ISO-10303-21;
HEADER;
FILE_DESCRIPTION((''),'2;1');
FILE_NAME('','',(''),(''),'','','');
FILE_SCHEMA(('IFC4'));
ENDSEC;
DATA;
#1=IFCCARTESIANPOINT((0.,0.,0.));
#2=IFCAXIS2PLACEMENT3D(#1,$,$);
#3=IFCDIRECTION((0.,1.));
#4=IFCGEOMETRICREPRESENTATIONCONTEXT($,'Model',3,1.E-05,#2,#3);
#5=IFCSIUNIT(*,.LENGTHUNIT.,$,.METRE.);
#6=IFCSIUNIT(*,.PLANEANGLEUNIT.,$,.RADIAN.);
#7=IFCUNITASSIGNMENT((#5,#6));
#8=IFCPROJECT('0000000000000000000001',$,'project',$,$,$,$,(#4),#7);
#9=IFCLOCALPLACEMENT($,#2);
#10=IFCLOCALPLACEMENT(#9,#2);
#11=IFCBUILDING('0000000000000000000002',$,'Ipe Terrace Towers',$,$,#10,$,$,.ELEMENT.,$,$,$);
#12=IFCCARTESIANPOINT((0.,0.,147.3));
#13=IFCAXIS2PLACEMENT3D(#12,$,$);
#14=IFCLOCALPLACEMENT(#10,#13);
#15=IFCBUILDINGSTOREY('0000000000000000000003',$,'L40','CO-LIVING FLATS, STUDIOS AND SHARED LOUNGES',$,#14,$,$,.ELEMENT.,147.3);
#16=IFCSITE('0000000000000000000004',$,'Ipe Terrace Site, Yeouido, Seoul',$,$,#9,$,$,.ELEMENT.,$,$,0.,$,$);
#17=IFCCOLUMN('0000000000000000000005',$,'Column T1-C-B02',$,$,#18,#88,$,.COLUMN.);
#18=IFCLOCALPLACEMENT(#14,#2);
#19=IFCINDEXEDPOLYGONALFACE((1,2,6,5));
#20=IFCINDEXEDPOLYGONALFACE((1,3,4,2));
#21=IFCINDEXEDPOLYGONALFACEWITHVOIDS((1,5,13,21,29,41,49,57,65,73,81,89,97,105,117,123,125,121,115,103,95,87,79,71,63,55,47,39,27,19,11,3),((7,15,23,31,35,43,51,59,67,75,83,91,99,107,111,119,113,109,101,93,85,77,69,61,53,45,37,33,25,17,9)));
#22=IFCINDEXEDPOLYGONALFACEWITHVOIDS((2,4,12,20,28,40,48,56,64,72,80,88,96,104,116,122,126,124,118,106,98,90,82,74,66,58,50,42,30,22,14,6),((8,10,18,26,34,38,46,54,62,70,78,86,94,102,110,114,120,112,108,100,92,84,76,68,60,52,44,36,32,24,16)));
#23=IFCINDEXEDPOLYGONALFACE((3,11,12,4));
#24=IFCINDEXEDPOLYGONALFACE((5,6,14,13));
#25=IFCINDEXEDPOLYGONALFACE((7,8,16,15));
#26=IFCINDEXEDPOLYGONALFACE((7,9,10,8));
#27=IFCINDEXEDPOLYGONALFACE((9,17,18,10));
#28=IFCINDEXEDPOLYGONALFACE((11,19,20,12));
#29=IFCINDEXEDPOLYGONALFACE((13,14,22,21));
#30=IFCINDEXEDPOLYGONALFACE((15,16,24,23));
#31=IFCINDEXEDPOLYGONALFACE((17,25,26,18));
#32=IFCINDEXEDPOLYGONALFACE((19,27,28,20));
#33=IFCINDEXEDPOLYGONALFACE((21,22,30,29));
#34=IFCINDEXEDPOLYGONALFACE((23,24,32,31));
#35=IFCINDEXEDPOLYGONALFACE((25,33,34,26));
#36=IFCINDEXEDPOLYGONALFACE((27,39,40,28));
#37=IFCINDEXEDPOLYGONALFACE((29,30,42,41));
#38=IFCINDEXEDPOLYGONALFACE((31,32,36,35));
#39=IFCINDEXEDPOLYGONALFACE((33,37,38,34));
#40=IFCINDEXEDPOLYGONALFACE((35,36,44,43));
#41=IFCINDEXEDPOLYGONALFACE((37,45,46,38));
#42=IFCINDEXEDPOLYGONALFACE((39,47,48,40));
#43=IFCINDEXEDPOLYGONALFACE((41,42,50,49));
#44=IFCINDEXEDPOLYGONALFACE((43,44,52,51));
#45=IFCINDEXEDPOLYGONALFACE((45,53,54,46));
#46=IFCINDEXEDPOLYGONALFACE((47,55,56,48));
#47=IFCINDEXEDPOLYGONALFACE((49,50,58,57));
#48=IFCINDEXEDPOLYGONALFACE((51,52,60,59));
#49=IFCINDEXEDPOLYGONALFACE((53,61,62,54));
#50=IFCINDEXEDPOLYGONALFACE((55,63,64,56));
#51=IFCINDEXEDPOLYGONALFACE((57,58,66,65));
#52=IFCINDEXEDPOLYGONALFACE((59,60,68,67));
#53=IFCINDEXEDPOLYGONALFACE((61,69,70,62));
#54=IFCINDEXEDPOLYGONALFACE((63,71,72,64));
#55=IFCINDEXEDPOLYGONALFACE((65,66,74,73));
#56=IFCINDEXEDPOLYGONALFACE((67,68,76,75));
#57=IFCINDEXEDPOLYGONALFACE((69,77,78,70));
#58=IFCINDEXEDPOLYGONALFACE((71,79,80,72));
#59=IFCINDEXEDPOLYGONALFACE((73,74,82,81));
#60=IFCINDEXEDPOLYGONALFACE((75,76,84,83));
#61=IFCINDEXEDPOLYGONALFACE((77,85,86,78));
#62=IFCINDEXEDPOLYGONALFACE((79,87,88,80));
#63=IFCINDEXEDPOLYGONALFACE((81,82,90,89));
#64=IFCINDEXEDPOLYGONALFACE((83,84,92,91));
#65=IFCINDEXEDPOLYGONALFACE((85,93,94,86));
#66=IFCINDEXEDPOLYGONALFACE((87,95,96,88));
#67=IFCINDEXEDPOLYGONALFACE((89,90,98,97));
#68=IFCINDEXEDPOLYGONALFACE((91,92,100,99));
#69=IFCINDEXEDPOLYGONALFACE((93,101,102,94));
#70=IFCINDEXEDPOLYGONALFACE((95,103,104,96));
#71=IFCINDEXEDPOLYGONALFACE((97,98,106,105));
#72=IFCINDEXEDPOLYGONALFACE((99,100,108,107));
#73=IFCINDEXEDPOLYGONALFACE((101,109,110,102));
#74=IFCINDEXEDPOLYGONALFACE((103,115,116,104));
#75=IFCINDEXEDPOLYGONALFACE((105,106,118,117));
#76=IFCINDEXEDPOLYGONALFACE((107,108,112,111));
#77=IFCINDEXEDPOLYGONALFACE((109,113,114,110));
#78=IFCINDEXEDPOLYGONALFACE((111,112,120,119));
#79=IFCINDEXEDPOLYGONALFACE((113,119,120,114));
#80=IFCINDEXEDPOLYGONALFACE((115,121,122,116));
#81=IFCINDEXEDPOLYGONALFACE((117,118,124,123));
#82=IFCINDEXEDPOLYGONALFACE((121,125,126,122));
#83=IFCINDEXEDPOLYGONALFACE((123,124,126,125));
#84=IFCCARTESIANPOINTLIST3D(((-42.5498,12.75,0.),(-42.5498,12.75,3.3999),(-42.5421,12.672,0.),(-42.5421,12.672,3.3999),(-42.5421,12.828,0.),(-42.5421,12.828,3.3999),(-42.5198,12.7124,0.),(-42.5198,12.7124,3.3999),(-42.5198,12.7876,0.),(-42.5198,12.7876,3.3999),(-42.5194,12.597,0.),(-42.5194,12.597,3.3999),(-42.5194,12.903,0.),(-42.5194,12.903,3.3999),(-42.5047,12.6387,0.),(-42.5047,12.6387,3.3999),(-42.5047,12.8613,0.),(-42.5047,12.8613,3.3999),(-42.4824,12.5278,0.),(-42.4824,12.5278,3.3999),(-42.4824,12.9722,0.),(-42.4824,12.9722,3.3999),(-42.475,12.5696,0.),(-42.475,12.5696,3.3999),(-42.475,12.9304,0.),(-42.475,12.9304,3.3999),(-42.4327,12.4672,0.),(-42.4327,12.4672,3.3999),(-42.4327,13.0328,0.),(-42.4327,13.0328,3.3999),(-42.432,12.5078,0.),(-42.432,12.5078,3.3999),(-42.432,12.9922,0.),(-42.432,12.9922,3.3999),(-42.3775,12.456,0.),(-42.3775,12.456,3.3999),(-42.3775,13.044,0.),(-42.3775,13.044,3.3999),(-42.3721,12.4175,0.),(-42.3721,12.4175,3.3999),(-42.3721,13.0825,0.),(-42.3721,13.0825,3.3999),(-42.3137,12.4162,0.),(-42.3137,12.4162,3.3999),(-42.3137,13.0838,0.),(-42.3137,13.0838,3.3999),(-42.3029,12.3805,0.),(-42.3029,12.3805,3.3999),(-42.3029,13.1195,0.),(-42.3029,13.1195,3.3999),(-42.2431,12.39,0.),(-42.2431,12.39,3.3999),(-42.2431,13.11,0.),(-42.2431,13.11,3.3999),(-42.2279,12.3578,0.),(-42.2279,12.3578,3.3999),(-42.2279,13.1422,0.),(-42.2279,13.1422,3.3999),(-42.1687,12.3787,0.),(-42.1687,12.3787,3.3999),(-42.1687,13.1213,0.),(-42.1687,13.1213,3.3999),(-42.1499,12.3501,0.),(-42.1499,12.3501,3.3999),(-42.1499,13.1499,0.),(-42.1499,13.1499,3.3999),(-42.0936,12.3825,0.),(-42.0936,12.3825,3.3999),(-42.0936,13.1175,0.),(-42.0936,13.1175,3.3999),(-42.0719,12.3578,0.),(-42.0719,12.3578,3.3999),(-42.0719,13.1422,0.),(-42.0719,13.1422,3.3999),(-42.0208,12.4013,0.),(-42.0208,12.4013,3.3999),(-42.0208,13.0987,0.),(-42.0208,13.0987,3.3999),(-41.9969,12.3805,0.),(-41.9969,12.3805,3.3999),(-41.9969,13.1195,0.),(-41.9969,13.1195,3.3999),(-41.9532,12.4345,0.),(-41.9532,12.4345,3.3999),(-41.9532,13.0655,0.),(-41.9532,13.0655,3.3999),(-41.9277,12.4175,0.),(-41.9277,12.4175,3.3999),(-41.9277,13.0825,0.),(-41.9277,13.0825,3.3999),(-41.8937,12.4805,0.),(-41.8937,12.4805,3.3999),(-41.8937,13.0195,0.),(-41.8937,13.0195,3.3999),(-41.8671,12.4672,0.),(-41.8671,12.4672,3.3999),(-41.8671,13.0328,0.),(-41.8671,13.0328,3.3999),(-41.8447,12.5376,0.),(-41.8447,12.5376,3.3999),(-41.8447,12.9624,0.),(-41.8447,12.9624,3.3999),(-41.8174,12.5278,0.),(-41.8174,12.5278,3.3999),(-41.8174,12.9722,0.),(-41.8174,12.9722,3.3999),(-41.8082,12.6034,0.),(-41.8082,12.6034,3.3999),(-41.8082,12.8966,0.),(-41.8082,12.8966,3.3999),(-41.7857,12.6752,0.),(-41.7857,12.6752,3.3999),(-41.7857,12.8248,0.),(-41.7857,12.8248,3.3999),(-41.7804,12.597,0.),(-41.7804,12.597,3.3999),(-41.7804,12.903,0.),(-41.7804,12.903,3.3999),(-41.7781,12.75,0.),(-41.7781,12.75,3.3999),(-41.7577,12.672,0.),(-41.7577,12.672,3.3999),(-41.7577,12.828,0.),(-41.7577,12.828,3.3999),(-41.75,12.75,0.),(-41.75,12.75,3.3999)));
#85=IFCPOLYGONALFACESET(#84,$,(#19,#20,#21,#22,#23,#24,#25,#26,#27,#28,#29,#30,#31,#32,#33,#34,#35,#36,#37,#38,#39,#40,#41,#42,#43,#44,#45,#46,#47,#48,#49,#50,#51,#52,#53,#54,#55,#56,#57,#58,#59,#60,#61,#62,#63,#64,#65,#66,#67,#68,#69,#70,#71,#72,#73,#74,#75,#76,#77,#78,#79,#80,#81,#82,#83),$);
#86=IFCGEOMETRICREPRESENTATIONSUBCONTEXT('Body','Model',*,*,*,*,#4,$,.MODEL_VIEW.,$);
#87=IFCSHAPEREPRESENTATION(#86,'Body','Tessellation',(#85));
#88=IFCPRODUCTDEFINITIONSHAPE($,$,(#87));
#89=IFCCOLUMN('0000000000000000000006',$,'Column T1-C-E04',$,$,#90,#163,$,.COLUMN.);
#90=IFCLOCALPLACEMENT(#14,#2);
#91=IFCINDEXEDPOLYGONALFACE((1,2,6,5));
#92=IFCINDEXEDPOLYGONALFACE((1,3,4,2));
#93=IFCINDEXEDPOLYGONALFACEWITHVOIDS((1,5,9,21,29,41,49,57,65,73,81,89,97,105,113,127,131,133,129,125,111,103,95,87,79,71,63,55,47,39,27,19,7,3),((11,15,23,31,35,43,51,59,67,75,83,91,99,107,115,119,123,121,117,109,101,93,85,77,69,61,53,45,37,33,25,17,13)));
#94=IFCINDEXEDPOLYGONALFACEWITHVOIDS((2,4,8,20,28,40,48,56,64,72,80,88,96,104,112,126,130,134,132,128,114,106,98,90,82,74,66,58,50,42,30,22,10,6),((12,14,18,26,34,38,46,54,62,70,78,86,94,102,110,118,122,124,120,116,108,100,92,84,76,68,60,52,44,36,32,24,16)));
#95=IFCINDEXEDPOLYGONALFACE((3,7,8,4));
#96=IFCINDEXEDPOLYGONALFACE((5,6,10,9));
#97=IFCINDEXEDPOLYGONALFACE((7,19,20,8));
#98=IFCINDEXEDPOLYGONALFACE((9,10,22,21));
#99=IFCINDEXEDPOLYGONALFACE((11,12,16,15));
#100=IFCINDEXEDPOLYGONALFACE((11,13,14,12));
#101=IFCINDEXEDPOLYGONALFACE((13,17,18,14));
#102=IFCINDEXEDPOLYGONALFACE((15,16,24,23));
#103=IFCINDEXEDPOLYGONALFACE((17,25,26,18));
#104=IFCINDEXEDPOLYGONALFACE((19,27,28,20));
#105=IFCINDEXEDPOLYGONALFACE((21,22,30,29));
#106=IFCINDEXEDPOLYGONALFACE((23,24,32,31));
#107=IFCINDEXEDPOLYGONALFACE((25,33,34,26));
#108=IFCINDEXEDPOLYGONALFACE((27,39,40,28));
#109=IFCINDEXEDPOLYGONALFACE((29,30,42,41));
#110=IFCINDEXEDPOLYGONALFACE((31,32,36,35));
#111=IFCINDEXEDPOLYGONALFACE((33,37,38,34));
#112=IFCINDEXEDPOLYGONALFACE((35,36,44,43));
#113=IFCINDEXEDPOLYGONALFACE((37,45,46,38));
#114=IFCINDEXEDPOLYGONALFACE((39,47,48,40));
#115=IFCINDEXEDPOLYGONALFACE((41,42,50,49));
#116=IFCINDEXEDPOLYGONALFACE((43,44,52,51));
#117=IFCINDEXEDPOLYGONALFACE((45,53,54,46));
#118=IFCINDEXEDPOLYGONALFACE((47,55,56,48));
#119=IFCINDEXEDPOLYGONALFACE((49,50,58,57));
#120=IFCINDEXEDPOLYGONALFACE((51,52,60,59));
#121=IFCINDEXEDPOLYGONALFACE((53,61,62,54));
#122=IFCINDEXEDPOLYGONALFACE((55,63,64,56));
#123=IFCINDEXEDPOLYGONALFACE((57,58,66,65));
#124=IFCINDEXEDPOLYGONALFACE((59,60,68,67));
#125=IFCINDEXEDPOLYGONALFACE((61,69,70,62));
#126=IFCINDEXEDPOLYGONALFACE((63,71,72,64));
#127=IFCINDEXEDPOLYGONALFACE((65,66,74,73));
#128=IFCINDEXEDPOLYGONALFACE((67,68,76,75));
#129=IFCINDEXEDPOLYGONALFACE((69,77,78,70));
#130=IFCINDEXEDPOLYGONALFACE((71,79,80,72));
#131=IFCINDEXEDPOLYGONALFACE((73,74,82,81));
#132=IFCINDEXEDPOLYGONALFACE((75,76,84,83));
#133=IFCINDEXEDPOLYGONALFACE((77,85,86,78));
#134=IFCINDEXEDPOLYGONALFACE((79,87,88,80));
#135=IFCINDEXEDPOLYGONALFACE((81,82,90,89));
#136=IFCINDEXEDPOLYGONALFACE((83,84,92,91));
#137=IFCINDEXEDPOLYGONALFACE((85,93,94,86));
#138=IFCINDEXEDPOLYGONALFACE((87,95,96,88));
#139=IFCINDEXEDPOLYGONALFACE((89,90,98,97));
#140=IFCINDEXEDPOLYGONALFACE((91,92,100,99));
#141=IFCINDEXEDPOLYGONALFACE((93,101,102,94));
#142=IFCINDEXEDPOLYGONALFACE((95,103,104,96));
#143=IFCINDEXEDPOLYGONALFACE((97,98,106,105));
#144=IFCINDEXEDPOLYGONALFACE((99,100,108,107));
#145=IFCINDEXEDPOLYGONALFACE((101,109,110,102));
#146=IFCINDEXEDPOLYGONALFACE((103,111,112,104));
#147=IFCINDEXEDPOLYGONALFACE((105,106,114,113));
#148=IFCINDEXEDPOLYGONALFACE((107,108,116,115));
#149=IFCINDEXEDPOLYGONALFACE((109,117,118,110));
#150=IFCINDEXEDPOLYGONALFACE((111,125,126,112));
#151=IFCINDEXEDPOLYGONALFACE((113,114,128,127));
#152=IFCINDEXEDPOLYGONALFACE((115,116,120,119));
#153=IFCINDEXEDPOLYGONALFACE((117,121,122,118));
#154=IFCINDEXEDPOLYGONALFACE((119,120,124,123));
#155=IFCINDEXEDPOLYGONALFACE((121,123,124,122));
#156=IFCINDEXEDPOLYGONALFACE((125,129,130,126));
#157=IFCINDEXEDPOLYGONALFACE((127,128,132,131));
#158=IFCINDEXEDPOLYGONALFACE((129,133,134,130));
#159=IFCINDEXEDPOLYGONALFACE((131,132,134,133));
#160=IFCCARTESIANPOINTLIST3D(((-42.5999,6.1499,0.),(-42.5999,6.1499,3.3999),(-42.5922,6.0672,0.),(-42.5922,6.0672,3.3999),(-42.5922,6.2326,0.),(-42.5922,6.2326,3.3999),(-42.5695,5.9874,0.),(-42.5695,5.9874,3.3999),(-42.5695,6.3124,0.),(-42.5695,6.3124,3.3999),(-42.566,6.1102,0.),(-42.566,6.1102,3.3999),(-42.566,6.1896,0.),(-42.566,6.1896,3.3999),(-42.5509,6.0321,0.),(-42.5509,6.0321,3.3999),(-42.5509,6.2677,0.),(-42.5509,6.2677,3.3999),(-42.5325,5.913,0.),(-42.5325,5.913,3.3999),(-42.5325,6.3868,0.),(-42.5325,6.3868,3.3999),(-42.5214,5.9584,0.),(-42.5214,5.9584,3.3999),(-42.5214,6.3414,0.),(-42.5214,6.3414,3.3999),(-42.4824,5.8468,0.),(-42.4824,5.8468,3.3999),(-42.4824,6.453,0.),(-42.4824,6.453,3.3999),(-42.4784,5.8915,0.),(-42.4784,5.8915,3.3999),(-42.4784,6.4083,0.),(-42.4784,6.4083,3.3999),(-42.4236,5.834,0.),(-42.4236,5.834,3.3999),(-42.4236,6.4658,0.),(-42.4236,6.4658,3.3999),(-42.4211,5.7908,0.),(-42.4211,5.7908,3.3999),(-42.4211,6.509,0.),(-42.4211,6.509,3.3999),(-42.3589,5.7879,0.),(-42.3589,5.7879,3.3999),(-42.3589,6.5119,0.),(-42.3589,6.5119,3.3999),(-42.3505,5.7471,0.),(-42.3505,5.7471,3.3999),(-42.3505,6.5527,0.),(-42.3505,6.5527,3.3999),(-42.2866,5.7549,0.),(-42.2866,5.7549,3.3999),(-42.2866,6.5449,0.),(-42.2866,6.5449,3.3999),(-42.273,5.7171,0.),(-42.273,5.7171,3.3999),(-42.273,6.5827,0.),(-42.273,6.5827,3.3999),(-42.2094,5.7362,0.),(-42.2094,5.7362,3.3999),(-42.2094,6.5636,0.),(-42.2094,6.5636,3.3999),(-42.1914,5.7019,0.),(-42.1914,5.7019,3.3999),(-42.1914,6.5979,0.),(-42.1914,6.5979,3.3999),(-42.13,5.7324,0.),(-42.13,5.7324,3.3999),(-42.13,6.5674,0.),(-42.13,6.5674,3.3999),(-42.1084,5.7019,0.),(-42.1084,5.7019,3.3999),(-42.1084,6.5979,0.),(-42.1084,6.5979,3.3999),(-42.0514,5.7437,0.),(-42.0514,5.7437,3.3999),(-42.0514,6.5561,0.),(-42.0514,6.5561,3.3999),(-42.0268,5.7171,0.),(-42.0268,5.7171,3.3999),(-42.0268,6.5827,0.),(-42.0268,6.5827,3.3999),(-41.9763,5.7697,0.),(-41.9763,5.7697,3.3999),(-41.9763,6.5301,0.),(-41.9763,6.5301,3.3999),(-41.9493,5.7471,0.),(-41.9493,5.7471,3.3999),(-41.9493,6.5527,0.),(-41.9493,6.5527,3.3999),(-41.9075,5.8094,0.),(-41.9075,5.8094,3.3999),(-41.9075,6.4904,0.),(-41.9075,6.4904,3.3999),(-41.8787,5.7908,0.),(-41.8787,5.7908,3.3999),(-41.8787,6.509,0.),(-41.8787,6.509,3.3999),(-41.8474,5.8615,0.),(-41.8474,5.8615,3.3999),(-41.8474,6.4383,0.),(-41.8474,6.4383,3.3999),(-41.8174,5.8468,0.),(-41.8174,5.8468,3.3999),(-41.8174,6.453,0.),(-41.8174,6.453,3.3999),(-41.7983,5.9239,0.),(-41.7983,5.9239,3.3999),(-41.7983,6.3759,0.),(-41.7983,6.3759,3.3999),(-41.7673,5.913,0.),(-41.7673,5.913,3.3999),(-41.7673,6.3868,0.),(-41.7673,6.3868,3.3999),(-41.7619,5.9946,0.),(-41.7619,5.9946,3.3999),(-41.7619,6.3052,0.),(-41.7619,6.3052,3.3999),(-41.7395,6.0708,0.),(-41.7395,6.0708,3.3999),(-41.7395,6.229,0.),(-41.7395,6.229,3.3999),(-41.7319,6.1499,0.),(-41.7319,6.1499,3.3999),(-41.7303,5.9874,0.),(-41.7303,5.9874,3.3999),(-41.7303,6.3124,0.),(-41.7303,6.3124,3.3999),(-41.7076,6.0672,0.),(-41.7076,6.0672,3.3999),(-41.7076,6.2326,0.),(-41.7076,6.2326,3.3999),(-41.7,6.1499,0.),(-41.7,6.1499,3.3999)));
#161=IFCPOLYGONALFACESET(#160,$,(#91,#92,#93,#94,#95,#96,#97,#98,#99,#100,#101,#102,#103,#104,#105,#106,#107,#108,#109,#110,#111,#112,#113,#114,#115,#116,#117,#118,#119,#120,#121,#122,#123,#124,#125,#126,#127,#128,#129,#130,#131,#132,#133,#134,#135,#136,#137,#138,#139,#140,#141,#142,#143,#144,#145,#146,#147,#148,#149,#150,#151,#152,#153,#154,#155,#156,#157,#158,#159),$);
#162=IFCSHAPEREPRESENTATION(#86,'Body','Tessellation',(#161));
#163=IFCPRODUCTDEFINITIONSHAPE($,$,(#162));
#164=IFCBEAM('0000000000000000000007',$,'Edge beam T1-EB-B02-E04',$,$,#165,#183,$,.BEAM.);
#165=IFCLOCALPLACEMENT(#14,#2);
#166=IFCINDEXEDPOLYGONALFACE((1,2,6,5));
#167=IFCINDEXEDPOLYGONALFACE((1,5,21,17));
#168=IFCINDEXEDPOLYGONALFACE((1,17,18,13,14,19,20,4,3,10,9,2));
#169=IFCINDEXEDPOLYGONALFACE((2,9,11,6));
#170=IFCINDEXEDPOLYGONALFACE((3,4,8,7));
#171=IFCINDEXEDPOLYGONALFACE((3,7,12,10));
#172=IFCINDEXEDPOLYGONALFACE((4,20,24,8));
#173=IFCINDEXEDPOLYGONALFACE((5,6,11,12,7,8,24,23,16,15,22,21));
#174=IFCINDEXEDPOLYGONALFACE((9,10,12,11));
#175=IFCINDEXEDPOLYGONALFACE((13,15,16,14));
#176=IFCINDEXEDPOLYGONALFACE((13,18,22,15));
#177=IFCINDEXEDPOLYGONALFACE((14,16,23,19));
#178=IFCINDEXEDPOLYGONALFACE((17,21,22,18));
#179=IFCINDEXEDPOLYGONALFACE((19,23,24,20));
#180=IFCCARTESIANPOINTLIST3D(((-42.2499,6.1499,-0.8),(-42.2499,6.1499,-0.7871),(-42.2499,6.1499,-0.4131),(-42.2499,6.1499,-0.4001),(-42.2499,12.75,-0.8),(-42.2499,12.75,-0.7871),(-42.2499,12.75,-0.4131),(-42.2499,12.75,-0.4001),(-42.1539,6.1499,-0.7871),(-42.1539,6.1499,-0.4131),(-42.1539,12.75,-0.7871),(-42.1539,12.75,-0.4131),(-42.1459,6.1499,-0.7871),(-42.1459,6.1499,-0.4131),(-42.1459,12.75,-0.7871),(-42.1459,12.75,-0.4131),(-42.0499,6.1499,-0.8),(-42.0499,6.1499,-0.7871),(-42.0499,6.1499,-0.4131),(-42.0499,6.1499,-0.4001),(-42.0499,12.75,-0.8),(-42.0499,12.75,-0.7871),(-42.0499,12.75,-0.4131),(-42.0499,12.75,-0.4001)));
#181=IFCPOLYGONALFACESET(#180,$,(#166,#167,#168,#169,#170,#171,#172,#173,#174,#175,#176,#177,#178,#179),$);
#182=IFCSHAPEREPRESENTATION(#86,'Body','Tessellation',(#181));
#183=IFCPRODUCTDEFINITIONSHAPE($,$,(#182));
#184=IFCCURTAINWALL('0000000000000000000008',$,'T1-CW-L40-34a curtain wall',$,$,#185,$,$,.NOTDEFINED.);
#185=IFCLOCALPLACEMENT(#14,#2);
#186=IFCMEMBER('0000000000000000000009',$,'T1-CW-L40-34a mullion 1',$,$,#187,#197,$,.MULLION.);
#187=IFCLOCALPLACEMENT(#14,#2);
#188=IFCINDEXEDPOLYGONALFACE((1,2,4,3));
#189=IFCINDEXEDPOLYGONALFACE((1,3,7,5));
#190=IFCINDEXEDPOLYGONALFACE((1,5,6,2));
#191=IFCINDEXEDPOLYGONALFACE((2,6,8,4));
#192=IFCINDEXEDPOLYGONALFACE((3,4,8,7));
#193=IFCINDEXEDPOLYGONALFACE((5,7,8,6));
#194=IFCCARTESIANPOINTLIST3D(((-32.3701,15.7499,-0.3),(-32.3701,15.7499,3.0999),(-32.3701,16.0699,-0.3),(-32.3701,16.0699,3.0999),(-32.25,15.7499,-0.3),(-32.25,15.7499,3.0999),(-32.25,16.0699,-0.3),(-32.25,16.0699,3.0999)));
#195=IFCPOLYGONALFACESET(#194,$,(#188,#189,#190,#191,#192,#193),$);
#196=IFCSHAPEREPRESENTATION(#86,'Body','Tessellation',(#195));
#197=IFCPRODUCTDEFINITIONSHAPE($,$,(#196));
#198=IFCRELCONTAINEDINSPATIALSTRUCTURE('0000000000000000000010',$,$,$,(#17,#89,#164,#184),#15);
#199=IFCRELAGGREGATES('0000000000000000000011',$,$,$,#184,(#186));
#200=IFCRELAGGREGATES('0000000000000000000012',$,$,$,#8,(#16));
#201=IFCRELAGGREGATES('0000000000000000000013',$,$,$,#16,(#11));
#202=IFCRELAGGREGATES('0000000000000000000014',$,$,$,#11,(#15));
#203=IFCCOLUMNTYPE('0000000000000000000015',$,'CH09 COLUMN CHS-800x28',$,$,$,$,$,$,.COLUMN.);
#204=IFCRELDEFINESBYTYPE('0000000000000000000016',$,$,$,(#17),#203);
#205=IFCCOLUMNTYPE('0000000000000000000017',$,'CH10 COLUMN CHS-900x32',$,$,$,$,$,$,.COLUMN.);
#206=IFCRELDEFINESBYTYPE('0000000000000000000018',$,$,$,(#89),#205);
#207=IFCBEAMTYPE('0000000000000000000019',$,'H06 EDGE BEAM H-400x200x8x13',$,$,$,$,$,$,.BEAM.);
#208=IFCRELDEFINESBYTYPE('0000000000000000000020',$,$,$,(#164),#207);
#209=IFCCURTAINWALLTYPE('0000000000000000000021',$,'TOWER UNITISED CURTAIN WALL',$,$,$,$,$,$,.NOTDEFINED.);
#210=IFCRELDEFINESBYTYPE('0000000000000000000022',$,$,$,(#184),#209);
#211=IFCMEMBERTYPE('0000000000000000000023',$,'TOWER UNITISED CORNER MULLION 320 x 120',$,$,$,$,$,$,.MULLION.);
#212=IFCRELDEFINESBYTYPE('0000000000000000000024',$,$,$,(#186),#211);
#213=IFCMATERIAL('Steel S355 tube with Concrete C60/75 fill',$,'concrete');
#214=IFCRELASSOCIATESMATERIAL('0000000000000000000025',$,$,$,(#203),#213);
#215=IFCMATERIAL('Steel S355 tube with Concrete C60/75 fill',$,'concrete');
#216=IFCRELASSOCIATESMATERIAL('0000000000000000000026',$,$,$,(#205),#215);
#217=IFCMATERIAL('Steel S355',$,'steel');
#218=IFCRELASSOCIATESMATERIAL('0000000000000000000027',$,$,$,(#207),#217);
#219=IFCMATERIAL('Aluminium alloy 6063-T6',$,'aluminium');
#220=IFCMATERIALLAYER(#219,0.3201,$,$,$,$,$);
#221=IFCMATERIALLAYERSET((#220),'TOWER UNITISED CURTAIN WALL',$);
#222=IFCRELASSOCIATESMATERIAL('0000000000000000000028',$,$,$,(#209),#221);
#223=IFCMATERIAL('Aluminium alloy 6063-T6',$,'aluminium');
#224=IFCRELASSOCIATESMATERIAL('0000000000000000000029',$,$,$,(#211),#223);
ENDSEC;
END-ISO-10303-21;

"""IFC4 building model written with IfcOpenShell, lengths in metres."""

from ifc_helpers import new_model, si_unit, direction, frame, origin, origin_2d, place, context, subcontext, project, spatial, rectangle, hollow_circle, i_section, extrude, material, layer, layer_set, material_profile, profile_set, type_object, element, aggregate, save


model = new_model("IFC4")

# Units and contexts
model_context = context("Model", 3, precision=1e-05, world=origin(), true_north=direction((0.0, 1.0)))
body_context = subcontext(model_context, "Body", "Model", "MODEL_VIEW")
ifc_project = project(units=[si_unit("LENGTHUNIT", "METRE"), si_unit("PLANEANGLEUNIT", "RADIAN")], contexts=[model_context])

# Site, building, storey
site_placement = place(None, origin())
site = spatial("IfcSite", under=ifc_project, at=site_placement, Name="Ipe Terrace Site, Yeouido, Seoul", CompositionType="ELEMENT", RefElevation=0.0)
building_placement = place(site_placement, origin())
building = spatial("IfcBuilding", under=site, at=building_placement, Name="Ipe Terrace Towers", CompositionType="ELEMENT")
storey_placement = place(building_placement, frame((0.0, 0.0, 147.3)))
storey = spatial("IfcBuildingStorey", under=building, at=storey_placement, Name="L40", Description="CO-LIVING FLATS, STUDIOS AND SHARED LOUNGES", CompositionType="ELEMENT", Elevation=147.3)

# Columns
ifc_material_1 = material(Name="Steel S355 tube with Concrete C60/75 fill", Category="concrete")
ifc_material_profile_1 = material_profile(ifc_material_1, hollow_circle(Radius=0.3999, WallThickness=0.0281, at=origin_2d()), Name="CHS-800x28")
ifc_profile_set_1 = profile_set([ifc_material_profile_1], Name="Steel S355 tube with Concrete C60/75 fill")
column_type_1 = type_object("IfcColumnType", Name="CH09 COLUMN CHS-800x28", PredefinedType="COLUMN", material=ifc_profile_set_1)
column_1_placement = place(storey_placement, frame((-42.1499, 12.75, 0.0), z_axis=(0.0, 0.0, 1.0), x_axis=(1.0, 0.0, 0.0)))
element("IfcColumn", 1, at=column_1_placement, inside=storey, type_object=column_type_1, Name="Column T1-C-B02", PredefinedType="COLUMN", context=body_context, shape_type="SweptSolid", body=[
    extrude(hollow_circle(Radius=0.3999, WallThickness=0.0281, at=origin_2d()), origin(), (0.0, 0.0, 1.0), 3.3999),
])
ifc_material_2 = material(Name="Steel S355 tube with Concrete C60/75 fill", Category="concrete")
ifc_material_profile_2 = material_profile(ifc_material_2, hollow_circle(Radius=0.45, WallThickness=0.032, at=origin_2d()), Name="CHS-900x32")
ifc_profile_set_2 = profile_set([ifc_material_profile_2], Name="Steel S355 tube with Concrete C60/75 fill")
column_type_2 = type_object("IfcColumnType", Name="CH10 COLUMN CHS-900x32", PredefinedType="COLUMN", material=ifc_profile_set_2)
column_2_placement = place(storey_placement, frame((-42.1499, 6.1499, 0.0), z_axis=(0.0, 0.0, 1.0), x_axis=(1.0, 0.0, 0.0)))
element("IfcColumn", 2, at=column_2_placement, inside=storey, type_object=column_type_2, Name="Column T1-C-E04", PredefinedType="COLUMN", context=body_context, shape_type="SweptSolid", body=[
    extrude(hollow_circle(Radius=0.45, WallThickness=0.032, at=origin_2d()), origin(), (0.0, 0.0, 1.0), 3.3999),
])

# Beam
ifc_material_3 = material(Name="Steel S355", Category="steel")
ifc_material_profile_3 = material_profile(ifc_material_3, i_section(OverallWidth=0.2, OverallDepth=0.3999, WebThickness=0.0081, FlangeThickness=0.0129, at=origin_2d()), Name="H-400x200x8x13")
ifc_profile_set_3 = profile_set([ifc_material_profile_3], Name="Steel S355")
beam_type = type_object("IfcBeamType", Name="H06 EDGE BEAM H-400x200x8x13", PredefinedType="BEAM", material=ifc_profile_set_3)
beam_placement = place(storey_placement, frame((-42.1499, 12.75, -0.6001), z_axis=(0.0, -1.0, 0.0), x_axis=(1.0, 0.0, 0.0)))
element("IfcBeam", 3, at=beam_placement, inside=storey, type_object=beam_type, Name="Edge beam T1-EB-B02-E04", PredefinedType="BEAM", context=body_context, shape_type="SweptSolid", body=[
    extrude(i_section(OverallWidth=0.2, OverallDepth=0.3999, WebThickness=0.0081, FlangeThickness=0.0129, at=origin_2d()), origin(), (0.0, 0.0, 1.0), 6.6001),
])

# Curtain wall, member
ifc_material_4 = material(Name="Aluminium alloy 6063-T6", Category="aluminium")
ifc_layer_1 = layer(ifc_material_4, 0.3201)
ifc_layer_set_1 = layer_set([ifc_layer_1], Name="TOWER UNITISED CURTAIN WALL")
curtain_wall_type = type_object("IfcCurtainWallType", Name="TOWER UNITISED CURTAIN WALL", PredefinedType="NOTDEFINED", material=ifc_layer_set_1)
curtain_wall_1_placement = place(storey_placement, origin())
curtain_wall_1 = element("IfcCurtainWall", 4, at=curtain_wall_1_placement, inside=storey, type_object=curtain_wall_type, Name="T1-CW-L40-34a curtain wall", PredefinedType="NOTDEFINED")
ifc_material_5 = material(Name="Aluminium alloy 6063-T6", Category="aluminium")
ifc_material_profile_4 = material_profile(ifc_material_5, rectangle(XDim=0.3201, YDim=0.1201, at=origin_2d()), Name="TOWER UNITISED CORNER MULLION 320 x 120")
ifc_profile_set_4 = profile_set([ifc_material_profile_4], Name="Aluminium alloy 6063-T6")
member_type_1 = type_object("IfcMemberType", Name="TOWER UNITISED CORNER MULLION 320 x 120", PredefinedType="MULLION", material=ifc_profile_set_4)
member_1_placement = place(storey_placement, frame((-32.3101, 15.9099, -0.3), z_axis=(0.0, 0.0, 1.0), x_axis=(0.0, 1.0, 0.0)))
member_1 = element("IfcMember", 5, at=member_1_placement, type_object=member_type_1, Name="T1-CW-L40-34a mullion 1", PredefinedType="MULLION", context=body_context, shape_type="SweptSolid", body=[
    extrude(rectangle(XDim=0.3201, YDim=0.1201, at=origin_2d()), origin(), (0.0, 0.0, 1.0), 3.3999),
])

aggregate(curtain_wall_1, [member_1])

save(model, "model.ifc")
